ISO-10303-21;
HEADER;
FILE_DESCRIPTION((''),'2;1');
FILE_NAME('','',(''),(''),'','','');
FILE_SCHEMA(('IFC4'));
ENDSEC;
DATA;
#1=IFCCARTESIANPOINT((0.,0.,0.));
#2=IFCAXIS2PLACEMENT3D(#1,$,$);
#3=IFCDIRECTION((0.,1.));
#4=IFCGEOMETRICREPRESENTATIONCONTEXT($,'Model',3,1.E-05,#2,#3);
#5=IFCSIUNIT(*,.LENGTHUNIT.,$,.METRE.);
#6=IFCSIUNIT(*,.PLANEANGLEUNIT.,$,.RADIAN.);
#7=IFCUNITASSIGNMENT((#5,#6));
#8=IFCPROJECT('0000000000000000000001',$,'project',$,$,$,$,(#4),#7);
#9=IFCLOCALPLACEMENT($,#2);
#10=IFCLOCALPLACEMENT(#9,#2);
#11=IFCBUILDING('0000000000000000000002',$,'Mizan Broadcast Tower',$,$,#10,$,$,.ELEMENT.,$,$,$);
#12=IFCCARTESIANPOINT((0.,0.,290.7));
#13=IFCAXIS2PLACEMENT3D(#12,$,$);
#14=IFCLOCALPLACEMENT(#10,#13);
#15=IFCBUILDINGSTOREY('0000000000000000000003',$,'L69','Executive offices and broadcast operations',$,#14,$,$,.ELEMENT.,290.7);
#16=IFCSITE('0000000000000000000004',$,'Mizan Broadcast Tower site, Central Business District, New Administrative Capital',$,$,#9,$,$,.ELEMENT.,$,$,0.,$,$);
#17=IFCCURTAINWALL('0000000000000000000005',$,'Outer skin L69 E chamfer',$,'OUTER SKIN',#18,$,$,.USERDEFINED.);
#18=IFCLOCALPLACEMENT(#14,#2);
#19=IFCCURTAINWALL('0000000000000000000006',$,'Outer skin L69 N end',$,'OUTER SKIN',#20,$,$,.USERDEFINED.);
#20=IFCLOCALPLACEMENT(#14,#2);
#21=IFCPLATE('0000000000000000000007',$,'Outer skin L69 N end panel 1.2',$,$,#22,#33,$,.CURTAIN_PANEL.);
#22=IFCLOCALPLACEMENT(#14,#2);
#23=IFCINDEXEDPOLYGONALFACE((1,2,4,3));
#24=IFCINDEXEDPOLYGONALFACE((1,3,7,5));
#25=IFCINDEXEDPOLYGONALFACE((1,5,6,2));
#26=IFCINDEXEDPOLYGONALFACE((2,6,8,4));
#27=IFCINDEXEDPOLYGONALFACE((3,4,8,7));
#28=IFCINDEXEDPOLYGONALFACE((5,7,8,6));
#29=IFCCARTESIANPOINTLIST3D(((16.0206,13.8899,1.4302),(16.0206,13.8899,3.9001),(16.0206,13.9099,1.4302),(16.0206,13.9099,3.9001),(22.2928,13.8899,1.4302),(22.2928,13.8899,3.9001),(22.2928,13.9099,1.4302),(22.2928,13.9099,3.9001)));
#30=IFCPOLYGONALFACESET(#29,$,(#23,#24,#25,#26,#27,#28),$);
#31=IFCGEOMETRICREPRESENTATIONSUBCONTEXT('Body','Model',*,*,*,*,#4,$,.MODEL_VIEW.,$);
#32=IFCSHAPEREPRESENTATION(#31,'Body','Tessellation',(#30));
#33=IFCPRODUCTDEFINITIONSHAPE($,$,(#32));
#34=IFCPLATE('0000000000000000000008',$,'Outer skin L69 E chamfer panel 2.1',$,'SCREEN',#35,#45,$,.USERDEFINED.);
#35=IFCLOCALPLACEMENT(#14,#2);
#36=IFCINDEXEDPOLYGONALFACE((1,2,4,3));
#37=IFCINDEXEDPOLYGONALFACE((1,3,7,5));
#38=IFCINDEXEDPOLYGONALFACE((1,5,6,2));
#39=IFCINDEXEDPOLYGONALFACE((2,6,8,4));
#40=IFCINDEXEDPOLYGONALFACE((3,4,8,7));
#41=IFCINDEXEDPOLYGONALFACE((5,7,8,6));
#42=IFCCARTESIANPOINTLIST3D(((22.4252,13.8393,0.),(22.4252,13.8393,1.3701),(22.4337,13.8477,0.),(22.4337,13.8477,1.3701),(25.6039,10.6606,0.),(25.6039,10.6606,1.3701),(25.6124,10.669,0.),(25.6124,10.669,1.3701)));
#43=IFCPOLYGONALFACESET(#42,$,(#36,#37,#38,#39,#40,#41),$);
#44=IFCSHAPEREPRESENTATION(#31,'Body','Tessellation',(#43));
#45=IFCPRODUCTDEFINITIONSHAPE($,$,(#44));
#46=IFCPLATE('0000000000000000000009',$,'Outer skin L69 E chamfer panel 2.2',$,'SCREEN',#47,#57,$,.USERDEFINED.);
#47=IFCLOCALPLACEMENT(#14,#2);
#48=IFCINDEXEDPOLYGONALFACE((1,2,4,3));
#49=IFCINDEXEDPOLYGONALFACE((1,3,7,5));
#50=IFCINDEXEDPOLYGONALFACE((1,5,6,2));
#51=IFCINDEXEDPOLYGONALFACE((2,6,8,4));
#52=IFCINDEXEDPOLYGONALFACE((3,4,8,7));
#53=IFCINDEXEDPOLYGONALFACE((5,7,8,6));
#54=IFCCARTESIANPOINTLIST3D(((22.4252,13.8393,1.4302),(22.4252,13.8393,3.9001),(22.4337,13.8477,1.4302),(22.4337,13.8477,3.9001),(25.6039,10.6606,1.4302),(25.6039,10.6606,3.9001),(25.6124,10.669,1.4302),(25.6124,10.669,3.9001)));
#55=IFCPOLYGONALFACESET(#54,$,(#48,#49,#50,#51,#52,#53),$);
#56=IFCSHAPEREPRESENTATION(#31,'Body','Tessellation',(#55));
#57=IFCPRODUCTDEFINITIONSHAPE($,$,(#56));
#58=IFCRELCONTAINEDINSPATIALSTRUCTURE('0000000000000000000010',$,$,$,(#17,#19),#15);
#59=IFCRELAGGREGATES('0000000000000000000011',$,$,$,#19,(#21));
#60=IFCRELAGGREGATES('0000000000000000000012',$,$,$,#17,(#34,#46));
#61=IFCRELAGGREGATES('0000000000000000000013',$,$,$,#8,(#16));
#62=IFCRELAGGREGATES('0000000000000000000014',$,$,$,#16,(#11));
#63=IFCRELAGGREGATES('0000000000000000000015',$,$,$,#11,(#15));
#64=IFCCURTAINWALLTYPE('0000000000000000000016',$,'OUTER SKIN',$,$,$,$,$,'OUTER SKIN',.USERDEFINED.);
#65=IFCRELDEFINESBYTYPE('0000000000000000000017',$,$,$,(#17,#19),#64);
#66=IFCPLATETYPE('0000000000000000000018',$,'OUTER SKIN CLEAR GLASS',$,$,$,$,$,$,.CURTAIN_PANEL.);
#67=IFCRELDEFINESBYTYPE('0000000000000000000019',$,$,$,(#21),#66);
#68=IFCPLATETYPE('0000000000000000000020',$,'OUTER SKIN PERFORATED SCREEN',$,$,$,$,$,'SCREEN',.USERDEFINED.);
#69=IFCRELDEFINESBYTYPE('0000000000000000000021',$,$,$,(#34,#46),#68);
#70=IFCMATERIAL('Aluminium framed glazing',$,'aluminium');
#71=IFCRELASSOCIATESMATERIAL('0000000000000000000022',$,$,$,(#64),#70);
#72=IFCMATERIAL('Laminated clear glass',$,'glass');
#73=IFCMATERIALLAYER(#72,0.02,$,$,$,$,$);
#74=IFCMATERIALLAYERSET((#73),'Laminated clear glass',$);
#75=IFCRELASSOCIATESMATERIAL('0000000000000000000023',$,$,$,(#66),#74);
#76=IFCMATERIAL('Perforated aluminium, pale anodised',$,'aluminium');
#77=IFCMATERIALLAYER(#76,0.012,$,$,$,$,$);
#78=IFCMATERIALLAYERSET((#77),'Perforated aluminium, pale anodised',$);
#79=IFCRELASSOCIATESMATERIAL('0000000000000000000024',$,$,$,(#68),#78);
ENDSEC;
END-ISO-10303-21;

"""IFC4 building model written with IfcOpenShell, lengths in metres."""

from ifc_helpers import new_model, si_unit, direction, frame, origin, origin_2d, place, context, subcontext, project, spatial, rectangle, extrude, material, layer, layer_set, type_object, element, aggregate, save


model = new_model("IFC4")

# Units and contexts
model_context = context("Model", 3, precision=1e-05, world=origin(), true_north=direction((0.0, 1.0)))
body_context = subcontext(model_context, "Body", "Model", "MODEL_VIEW")
ifc_project = project(units=[si_unit("LENGTHUNIT", "METRE"), si_unit("PLANEANGLEUNIT", "RADIAN")], contexts=[model_context])

# Site, building, storey
site_placement = place(None, origin())
site = spatial("IfcSite", under=ifc_project, at=site_placement, Name="Mizan Broadcast Tower site, Central Business District, New Administrative Capital", CompositionType="ELEMENT", RefElevation=0.0)
building_placement = place(site_placement, origin())
building = spatial("IfcBuilding", under=site, at=building_placement, Name="Mizan Broadcast Tower", CompositionType="ELEMENT")
storey_placement = place(building_placement, frame((0.0, 0.0, 290.7)))
storey = spatial("IfcBuildingStorey", under=building, at=storey_placement, Name="L69", Description="Executive offices and broadcast operations", CompositionType="ELEMENT", Elevation=290.7)

# Curtain wall
ifc_material_1 = material(Name="Aluminium framed glazing", Category="aluminium")
curtain_wall_type_1 = type_object("IfcCurtainWallType", Name="OUTER SKIN", ElementType="OUTER SKIN", PredefinedType="USERDEFINED", material=ifc_material_1)
curtain_wall_1_placement = place(storey_placement, origin())
curtain_wall_1 = element("IfcCurtainWall", 1, at=curtain_wall_1_placement, inside=storey, type_object=curtain_wall_type_1, Name="Outer skin L69 E chamfer", ObjectType="OUTER SKIN", PredefinedType="USERDEFINED")

# Curtain wall
curtain_wall_2_placement = place(storey_placement, origin())
curtain_wall_2 = element("IfcCurtainWall", 2, at=curtain_wall_2_placement, inside=storey, type_object=curtain_wall_type_1, Name="Outer skin L69 N end", ObjectType="OUTER SKIN", PredefinedType="USERDEFINED")

# Plates
ifc_material_2 = material(Name="Laminated clear glass", Category="glass")
ifc_layer_1 = layer(ifc_material_2, 0.02)
ifc_layer_set_1 = layer_set([ifc_layer_1], Name="Laminated clear glass")
plate_type_1 = type_object("IfcPlateType", Name="OUTER SKIN CLEAR GLASS", PredefinedType="CURTAIN_PANEL", material=ifc_layer_set_1)
plate_1_placement = place(storey_placement, frame((19.1567, 13.8999, 1.4302), z_axis=(0.0, 0.0, 1.0), x_axis=(-1.0, 0.0, 0.0)))
plate_1 = element("IfcPlate", 3, at=plate_1_placement, type_object=plate_type_1, Name="Outer skin L69 N end panel 1.2", PredefinedType="CURTAIN_PANEL", context=body_context, shape_type="SweptSolid", body=[
    extrude(rectangle(XDim=6.2722, YDim=0.02, at=origin_2d()), origin(), (0.0, 0.0, 1.0), 2.47),
])
aggregate(curtain_wall_2, [plate_1])
ifc_material_3 = material(Name="Perforated aluminium, pale anodised", Category="aluminium")
ifc_layer_2 = layer(ifc_material_3, 0.012)
ifc_layer_set_2 = layer_set([ifc_layer_2], Name="Perforated aluminium, pale anodised")
plate_type_2 = type_object("IfcPlateType", Name="OUTER SKIN PERFORATED SCREEN", ElementType="SCREEN", PredefinedType="USERDEFINED", material=ifc_layer_set_2)
plate_2_placement = place(storey_placement, frame((24.0188, 12.2542, 0.0), z_axis=(0.0, 0.0, 1.0), x_axis=(-0.707107, 0.707107, 0.0)))
plate_2 = element("IfcPlate", 4, at=plate_2_placement, type_object=plate_type_2, Name="Outer skin L69 E chamfer panel 2.1", ObjectType="SCREEN", PredefinedType="USERDEFINED", context=body_context, shape_type="SweptSolid", body=[
    extrude(rectangle(XDim=4.4954, YDim=0.012, at=origin_2d()), origin(), (0.0, 0.0, 1.0), 1.3701),
])
plate_3_placement = place(storey_placement, frame((24.0188, 12.2542, 1.4302), z_axis=(0.0, 0.0, 1.0), x_axis=(-0.707107, 0.707107, 0.0)))
plate_3 = element("IfcPlate", 5, at=plate_3_placement, type_object=plate_type_2, Name="Outer skin L69 E chamfer panel 2.2", ObjectType="SCREEN", PredefinedType="USERDEFINED", context=body_context, shape_type="SweptSolid", body=[
    extrude(rectangle(XDim=4.4954, YDim=0.012, at=origin_2d()), origin(), (0.0, 0.0, 1.0), 2.47),
])
aggregate(curtain_wall_1, [plate_2, plate_3])

save(model, "model.ifc")
